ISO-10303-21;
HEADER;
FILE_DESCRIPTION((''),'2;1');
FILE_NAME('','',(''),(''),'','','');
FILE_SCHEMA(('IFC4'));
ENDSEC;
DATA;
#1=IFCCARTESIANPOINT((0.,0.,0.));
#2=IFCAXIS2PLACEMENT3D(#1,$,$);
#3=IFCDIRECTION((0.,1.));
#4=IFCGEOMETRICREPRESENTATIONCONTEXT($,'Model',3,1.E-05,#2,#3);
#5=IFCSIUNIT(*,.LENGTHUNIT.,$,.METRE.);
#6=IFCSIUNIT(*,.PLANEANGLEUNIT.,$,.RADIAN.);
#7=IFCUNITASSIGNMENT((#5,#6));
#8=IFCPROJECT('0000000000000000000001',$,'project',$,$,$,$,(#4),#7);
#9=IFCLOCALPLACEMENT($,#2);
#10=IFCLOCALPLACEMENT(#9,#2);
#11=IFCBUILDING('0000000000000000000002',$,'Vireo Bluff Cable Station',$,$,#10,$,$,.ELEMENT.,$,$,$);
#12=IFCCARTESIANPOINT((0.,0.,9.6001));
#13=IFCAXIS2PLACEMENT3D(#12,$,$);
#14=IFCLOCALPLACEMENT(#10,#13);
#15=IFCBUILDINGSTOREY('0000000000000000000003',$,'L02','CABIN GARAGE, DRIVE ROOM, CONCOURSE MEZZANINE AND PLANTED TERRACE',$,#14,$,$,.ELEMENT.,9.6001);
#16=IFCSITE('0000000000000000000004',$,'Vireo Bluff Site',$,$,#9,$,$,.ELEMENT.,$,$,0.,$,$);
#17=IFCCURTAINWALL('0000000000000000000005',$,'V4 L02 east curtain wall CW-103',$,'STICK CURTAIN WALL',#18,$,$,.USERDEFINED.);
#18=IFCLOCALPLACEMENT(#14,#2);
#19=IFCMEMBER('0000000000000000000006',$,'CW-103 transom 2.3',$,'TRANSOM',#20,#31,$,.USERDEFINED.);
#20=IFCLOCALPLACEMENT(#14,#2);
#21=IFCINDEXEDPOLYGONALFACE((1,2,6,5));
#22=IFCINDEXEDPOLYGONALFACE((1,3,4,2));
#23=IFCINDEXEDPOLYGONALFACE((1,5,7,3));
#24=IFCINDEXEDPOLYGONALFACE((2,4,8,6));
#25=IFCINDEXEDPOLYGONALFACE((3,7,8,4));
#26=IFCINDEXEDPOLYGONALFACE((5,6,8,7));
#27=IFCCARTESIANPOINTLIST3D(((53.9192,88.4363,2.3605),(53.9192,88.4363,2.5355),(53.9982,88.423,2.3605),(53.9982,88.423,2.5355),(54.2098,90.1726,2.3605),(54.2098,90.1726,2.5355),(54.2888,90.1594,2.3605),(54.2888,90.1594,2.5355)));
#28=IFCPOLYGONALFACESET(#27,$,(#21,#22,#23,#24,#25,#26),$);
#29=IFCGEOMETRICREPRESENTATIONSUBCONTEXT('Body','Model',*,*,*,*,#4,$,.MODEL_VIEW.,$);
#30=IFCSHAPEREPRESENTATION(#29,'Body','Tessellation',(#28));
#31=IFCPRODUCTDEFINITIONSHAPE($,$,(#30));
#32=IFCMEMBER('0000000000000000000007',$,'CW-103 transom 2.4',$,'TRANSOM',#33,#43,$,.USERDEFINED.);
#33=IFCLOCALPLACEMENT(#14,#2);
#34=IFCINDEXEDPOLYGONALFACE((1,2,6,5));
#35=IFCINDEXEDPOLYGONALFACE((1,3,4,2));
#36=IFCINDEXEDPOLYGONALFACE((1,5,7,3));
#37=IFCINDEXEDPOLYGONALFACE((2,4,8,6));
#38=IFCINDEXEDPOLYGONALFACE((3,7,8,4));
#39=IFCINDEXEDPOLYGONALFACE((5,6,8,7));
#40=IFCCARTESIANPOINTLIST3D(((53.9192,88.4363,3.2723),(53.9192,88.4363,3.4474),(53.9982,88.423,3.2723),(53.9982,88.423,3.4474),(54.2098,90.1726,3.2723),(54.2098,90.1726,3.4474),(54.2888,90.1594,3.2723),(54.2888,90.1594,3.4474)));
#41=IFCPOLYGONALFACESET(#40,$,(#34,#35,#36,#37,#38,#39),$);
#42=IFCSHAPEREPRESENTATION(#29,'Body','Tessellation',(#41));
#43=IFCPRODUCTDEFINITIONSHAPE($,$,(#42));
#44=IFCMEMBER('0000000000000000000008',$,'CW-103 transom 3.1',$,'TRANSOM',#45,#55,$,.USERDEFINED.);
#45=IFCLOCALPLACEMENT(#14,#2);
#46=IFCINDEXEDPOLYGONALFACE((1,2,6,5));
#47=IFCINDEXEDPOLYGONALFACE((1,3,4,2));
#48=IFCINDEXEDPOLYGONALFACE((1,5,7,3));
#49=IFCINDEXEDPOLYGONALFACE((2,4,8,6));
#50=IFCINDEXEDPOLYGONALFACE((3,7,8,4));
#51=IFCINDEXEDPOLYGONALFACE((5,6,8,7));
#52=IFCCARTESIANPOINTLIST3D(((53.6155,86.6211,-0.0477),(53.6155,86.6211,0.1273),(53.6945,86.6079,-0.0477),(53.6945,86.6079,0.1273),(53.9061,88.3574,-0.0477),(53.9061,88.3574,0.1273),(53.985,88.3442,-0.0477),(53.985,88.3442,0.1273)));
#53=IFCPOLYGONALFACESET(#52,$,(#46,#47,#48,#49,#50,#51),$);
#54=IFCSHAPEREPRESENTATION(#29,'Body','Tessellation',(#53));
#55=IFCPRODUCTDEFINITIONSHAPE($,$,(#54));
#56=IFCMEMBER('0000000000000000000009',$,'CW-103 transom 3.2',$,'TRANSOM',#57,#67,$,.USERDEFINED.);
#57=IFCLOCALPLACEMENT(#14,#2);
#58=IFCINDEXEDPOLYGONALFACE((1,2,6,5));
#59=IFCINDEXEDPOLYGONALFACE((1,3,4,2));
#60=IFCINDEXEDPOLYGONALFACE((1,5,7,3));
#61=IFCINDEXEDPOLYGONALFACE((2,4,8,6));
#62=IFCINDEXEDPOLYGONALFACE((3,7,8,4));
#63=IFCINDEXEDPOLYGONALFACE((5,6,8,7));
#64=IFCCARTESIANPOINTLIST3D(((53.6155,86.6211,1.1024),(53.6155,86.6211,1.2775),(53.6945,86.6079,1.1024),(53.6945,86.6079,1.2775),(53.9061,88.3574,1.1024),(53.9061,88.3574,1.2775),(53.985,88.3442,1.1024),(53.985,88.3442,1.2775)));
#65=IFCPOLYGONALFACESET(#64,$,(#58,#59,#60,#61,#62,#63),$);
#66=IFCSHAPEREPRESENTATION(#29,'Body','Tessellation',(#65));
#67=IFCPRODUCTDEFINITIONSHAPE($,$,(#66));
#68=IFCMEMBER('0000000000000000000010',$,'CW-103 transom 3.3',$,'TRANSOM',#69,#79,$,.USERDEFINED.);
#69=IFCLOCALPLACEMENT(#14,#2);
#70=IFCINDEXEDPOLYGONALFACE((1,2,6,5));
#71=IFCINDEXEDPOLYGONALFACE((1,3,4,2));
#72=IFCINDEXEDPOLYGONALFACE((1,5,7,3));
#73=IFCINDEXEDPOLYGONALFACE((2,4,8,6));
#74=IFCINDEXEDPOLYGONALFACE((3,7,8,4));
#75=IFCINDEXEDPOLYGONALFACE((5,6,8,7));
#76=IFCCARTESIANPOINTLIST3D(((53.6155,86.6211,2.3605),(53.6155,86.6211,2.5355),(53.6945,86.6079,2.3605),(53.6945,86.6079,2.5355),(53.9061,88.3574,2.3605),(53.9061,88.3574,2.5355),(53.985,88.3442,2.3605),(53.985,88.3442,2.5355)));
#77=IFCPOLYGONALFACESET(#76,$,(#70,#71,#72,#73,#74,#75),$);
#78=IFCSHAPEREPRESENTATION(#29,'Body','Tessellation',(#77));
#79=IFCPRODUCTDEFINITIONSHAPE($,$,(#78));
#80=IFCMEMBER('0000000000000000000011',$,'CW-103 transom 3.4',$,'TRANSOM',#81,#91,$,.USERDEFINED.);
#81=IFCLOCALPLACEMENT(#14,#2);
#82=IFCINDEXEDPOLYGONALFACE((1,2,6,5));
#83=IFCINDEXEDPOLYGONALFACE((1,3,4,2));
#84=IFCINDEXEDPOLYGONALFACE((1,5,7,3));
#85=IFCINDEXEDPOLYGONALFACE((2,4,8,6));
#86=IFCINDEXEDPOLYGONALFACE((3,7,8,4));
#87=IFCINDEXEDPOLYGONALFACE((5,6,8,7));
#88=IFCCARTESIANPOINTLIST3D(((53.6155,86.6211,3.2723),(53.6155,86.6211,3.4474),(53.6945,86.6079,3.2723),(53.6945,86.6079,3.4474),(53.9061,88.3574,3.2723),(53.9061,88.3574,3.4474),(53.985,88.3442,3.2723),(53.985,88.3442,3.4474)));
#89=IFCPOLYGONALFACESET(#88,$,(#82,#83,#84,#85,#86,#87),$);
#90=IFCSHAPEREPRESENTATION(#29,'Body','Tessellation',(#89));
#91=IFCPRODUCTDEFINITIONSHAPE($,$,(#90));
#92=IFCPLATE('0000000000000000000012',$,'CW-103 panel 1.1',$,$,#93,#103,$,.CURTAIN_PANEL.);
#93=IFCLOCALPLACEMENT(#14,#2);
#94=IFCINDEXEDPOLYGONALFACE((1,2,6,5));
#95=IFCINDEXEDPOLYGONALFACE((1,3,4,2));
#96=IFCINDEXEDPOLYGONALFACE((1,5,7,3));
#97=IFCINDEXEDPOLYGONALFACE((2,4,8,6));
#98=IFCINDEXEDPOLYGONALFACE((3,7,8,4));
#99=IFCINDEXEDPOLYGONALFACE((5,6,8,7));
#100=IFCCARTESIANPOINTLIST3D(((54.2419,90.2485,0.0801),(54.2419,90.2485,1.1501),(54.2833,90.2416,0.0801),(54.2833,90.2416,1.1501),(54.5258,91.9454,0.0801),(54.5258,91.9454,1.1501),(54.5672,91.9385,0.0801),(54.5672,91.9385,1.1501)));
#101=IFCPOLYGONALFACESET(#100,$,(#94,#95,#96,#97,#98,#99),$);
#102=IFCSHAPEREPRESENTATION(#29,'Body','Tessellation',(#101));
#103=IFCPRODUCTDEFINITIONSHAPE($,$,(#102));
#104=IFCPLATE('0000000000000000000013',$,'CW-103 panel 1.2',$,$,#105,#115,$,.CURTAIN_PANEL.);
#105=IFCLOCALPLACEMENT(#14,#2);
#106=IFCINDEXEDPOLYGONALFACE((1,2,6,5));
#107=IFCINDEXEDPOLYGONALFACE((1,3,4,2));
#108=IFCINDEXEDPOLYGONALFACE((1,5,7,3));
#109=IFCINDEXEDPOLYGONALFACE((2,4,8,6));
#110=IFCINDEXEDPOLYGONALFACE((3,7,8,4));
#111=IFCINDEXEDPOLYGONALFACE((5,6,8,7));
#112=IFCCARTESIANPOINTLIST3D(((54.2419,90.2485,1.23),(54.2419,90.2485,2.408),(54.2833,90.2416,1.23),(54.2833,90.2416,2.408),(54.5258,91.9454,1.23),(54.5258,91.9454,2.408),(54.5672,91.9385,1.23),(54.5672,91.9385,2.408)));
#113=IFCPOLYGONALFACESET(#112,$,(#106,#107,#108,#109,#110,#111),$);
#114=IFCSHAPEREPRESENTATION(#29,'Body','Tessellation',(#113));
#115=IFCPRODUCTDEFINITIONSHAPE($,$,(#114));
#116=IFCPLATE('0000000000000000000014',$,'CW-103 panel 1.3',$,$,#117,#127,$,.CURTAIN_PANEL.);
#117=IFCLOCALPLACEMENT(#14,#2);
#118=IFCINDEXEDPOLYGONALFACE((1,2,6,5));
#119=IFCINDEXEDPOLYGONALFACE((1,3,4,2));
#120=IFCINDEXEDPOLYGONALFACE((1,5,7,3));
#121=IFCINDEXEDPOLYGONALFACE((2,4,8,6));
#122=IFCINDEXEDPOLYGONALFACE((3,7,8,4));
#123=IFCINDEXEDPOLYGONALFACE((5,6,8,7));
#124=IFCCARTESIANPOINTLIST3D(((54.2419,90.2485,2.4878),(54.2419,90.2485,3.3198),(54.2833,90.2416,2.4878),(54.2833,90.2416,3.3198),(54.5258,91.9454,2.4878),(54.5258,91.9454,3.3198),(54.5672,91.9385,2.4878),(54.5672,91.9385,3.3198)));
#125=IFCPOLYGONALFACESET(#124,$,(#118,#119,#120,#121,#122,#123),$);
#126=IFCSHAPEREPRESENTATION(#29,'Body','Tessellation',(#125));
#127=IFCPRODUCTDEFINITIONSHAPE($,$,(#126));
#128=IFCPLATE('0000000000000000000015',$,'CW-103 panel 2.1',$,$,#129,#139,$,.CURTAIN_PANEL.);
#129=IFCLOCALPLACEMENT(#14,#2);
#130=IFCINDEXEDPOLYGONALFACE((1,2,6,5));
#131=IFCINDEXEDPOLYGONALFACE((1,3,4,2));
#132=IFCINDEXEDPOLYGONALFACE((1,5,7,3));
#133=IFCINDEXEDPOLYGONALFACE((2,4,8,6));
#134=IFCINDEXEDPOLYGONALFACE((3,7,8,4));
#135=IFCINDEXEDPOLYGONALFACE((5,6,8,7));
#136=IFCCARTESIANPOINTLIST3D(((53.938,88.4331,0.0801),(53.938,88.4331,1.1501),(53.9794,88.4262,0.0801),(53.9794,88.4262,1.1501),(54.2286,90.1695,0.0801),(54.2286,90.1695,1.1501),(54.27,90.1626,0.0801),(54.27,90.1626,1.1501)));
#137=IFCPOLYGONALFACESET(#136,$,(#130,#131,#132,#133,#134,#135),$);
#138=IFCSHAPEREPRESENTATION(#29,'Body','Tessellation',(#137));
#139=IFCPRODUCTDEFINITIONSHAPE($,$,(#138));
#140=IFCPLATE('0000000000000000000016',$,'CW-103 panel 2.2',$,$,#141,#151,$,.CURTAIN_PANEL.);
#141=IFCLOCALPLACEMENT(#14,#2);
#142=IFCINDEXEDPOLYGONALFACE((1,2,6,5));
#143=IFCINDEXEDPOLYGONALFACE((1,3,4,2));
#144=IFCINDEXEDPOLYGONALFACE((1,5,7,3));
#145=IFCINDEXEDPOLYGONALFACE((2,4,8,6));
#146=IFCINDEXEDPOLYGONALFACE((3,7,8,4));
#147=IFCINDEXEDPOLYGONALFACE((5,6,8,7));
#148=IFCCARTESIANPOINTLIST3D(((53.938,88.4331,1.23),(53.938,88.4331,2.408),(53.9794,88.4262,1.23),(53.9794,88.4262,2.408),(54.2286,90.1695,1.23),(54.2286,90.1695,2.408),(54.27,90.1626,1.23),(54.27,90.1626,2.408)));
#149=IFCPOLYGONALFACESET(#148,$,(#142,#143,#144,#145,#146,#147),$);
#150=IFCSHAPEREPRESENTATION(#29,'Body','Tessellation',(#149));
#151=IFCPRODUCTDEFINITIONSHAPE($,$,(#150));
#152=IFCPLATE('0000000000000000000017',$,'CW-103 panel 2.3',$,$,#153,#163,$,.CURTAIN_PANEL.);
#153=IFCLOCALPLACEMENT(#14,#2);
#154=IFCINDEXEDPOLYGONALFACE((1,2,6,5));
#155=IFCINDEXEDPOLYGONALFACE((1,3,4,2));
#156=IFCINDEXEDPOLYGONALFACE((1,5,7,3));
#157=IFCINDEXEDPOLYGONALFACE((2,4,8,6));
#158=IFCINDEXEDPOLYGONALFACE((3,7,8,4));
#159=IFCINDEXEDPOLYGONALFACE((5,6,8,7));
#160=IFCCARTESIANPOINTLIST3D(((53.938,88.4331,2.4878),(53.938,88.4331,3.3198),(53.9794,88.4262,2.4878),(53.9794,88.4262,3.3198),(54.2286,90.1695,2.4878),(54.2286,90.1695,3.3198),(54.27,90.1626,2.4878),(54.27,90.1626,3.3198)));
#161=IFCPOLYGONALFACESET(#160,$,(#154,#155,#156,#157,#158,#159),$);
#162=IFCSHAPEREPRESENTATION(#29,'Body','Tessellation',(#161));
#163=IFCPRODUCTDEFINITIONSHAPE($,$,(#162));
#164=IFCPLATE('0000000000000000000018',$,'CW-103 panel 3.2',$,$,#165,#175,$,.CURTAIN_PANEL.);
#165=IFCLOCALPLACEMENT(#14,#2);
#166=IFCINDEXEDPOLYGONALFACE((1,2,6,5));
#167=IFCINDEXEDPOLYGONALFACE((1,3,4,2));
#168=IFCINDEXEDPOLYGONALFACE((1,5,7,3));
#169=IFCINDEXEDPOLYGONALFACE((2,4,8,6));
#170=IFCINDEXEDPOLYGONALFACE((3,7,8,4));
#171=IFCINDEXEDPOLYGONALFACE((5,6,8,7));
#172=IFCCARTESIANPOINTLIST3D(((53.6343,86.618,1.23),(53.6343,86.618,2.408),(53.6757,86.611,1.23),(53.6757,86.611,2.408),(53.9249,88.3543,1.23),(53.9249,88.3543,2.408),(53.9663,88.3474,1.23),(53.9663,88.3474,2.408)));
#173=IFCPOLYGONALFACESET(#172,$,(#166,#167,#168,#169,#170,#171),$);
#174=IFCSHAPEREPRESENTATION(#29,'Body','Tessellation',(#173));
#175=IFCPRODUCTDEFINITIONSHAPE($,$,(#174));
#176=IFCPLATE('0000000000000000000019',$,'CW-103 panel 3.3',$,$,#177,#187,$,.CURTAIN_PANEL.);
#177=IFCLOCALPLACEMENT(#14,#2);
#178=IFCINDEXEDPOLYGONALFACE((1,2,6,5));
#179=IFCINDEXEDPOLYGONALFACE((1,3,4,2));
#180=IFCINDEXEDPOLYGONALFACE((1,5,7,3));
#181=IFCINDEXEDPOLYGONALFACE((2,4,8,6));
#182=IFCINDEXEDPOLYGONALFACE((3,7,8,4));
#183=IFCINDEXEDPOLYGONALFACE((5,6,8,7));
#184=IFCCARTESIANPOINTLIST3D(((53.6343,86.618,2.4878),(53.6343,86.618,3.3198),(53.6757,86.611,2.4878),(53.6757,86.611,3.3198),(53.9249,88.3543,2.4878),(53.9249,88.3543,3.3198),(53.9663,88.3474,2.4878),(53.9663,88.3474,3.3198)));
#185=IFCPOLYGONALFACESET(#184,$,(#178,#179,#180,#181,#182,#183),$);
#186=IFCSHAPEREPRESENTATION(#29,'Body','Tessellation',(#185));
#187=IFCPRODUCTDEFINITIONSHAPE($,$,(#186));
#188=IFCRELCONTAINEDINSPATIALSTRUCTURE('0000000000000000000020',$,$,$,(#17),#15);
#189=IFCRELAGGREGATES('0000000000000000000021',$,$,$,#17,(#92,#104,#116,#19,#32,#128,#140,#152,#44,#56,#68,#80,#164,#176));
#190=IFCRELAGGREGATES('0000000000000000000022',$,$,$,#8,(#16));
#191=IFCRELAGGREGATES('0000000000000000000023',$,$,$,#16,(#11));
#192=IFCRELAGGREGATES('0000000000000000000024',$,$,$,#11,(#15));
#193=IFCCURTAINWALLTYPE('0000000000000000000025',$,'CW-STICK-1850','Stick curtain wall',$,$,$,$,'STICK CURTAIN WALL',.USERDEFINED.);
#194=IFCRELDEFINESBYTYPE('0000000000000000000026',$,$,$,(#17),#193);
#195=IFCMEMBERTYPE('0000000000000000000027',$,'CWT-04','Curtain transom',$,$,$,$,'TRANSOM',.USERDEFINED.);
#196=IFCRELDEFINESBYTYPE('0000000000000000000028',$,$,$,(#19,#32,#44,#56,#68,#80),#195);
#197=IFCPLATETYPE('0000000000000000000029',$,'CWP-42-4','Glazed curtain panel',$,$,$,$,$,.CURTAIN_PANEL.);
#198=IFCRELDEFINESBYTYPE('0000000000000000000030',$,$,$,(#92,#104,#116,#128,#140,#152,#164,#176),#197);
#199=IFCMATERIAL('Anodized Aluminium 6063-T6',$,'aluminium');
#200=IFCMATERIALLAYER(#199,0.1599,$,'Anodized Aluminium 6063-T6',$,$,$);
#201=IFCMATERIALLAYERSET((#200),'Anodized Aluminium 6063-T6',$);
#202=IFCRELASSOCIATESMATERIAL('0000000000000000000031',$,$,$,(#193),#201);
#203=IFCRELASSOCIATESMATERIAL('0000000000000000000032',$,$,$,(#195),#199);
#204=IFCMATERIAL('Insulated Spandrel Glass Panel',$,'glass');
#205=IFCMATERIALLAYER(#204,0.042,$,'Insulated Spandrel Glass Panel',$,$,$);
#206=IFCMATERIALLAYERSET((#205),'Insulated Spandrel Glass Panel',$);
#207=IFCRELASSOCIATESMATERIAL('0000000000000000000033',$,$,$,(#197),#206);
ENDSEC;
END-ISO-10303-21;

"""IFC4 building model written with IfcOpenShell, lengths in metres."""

from ifc_helpers import new_model, si_unit, direction, frame, origin, origin_2d, place, context, subcontext, project, spatial, rectangle, extrude, material, layer, layer_set, material_profile, profile_set, type_object, element, aggregate, save


model = new_model("IFC4")

# Units and contexts
model_context = context("Model", 3, precision=1e-05, world=origin(), true_north=direction((0.0, 1.0)))
body_context = subcontext(model_context, "Body", "Model", "MODEL_VIEW")
ifc_project = project(units=[si_unit("LENGTHUNIT", "METRE"), si_unit("PLANEANGLEUNIT", "RADIAN")], contexts=[model_context])

# Site, building, storey
site_placement = place(None, origin())
site = spatial("IfcSite", under=ifc_project, at=site_placement, Name="Vireo Bluff Site", CompositionType="ELEMENT", RefElevation=0.0)
building_placement = place(site_placement, origin())
building = spatial("IfcBuilding", under=site, at=building_placement, Name="Vireo Bluff Cable Station", CompositionType="ELEMENT")
storey_placement = place(building_placement, frame((0.0, 0.0, 9.6001)))
storey = spatial("IfcBuildingStorey", under=building, at=storey_placement, Name="L02", Description="CABIN GARAGE, DRIVE ROOM, CONCOURSE MEZZANINE AND PLANTED TERRACE", CompositionType="ELEMENT", Elevation=9.6001)

# Shared definitions
ifc_material_1 = material(Name="Anodized Aluminium 6063-T6", Category="aluminium")

# Curtain wall, members, plates
ifc_layer_1 = layer(ifc_material_1, 0.1599, Name="Anodized Aluminium 6063-T6")
ifc_layer_set_1 = layer_set([ifc_layer_1], Name="Anodized Aluminium 6063-T6")
curtain_wall_type_1 = type_object("IfcCurtainWallType", Name="CW-STICK-1850", Description="Stick curtain wall", ElementType="STICK CURTAIN WALL", PredefinedType="USERDEFINED", material=ifc_layer_set_1)
curtain_wall_1_placement = place(storey_placement, origin())
curtain_wall_1 = element("IfcCurtainWall", 1, at=curtain_wall_1_placement, inside=storey, type_object=curtain_wall_type_1, Name="V4 L02 east curtain wall CW-103", ObjectType="STICK CURTAIN WALL", PredefinedType="USERDEFINED")
ifc_material_profile_1 = material_profile(ifc_material_1, rectangle(XDim=0.0801, YDim=0.175, at=origin_2d()), Name="ALU-T-80X175")
ifc_profile_set_1 = profile_set([ifc_material_profile_1], Name="Anodized Aluminium 6063-T6")
member_type_1 = type_object("IfcMemberType", Name="CWT-04", Description="Curtain transom", ElementType="TRANSOM", PredefinedType="USERDEFINED", material=ifc_profile_set_1)
member_1_placement = place(storey_placement, frame((54.2493, 90.166, 2.448), z_axis=(-0.165029, -0.986289, 0.0), x_axis=(0.986289, -0.165029, 0.0)))
member_1 = element("IfcMember", 2, at=member_1_placement, type_object=member_type_1, Name="CW-103 transom 2.3", ObjectType="TRANSOM", PredefinedType="USERDEFINED", context=body_context, shape_type="SweptSolid", body=[
    extrude(rectangle(XDim=0.0801, YDim=0.175, at=origin_2d()), origin(), (0.0, 0.0, 1.0), 1.7605),
])
member_2_placement = place(storey_placement, frame((54.2493, 90.166, 3.3599), z_axis=(-0.165029, -0.986289, 0.0), x_axis=(0.986289, -0.165029, 0.0)))
member_2 = element("IfcMember", 3, at=member_2_placement, type_object=member_type_1, Name="CW-103 transom 2.4", ObjectType="TRANSOM", PredefinedType="USERDEFINED", context=body_context, shape_type="SweptSolid", body=[
    extrude(rectangle(XDim=0.0801, YDim=0.175, at=origin_2d()), origin(), (0.0, 0.0, 1.0), 1.7605),
])
member_3_placement = place(storey_placement, frame((53.9456, 88.3508, 0.0398), z_axis=(-0.165029, -0.986289, 0.0), x_axis=(0.986289, -0.165029, 0.0)))
member_3 = element("IfcMember", 4, at=member_3_placement, type_object=member_type_1, Name="CW-103 transom 3.1", ObjectType="TRANSOM", PredefinedType="USERDEFINED", context=body_context, shape_type="SweptSolid", body=[
    extrude(rectangle(XDim=0.0801, YDim=0.175, at=origin_2d()), origin(), (0.0, 0.0, 1.0), 1.7605),
])
member_4_placement = place(storey_placement, frame((53.9456, 88.3508, 1.1899), z_axis=(-0.165029, -0.986289, 0.0), x_axis=(0.986289, -0.165029, 0.0)))
member_4 = element("IfcMember", 5, at=member_4_placement, type_object=member_type_1, Name="CW-103 transom 3.2", ObjectType="TRANSOM", PredefinedType="USERDEFINED", context=body_context, shape_type="SweptSolid", body=[
    extrude(rectangle(XDim=0.0801, YDim=0.175, at=origin_2d()), origin(), (0.0, 0.0, 1.0), 1.7605),
])
member_5_placement = place(storey_placement, frame((53.9456, 88.3508, 2.448), z_axis=(-0.165029, -0.986289, 0.0), x_axis=(0.986289, -0.165029, 0.0)))
member_5 = element("IfcMember", 6, at=member_5_placement, type_object=member_type_1, Name="CW-103 transom 3.3", ObjectType="TRANSOM", PredefinedType="USERDEFINED", context=body_context, shape_type="SweptSolid", body=[
    extrude(rectangle(XDim=0.0801, YDim=0.175, at=origin_2d()), origin(), (0.0, 0.0, 1.0), 1.7605),
])
member_6_placement = place(storey_placement, frame((53.9456, 88.3508, 3.3599), z_axis=(-0.165029, -0.986289, 0.0), x_axis=(0.986289, -0.165029, 0.0)))
member_6 = element("IfcMember", 7, at=member_6_placement, type_object=member_type_1, Name="CW-103 transom 3.4", ObjectType="TRANSOM", PredefinedType="USERDEFINED", context=body_context, shape_type="SweptSolid", body=[
    extrude(rectangle(XDim=0.0801, YDim=0.175, at=origin_2d()), origin(), (0.0, 0.0, 1.0), 1.7605),
])
ifc_material_2 = material(Name="Insulated Spandrel Glass Panel", Category="glass")
ifc_layer_2 = layer(ifc_material_2, 0.042, Name="Insulated Spandrel Glass Panel")
ifc_layer_set_2 = layer_set([ifc_layer_2], Name="Insulated Spandrel Glass Panel")
plate_type = type_object("IfcPlateType", Name="CWP-42-4", Description="Glazed curtain panel", PredefinedType="CURTAIN_PANEL", material=ifc_layer_set_2)
plate_1_placement = place(storey_placement, frame((54.4045, 91.0935, 0.0801), z_axis=(0.0, 0.0, 1.0), x_axis=(-0.165048, -0.986286, 0.0)))
plate_1 = element("IfcPlate", 8, at=plate_1_placement, type_object=plate_type, Name="CW-103 panel 1.1", PredefinedType="CURTAIN_PANEL", context=body_context, shape_type="SweptSolid", body=[
    extrude(rectangle(XDim=1.7205, YDim=0.042, at=origin_2d()), origin(), (0.0, 0.0, 1.0), 1.0701),
])
plate_2_placement = place(storey_placement, frame((54.4045, 91.0935, 1.23), z_axis=(0.0, 0.0, 1.0), x_axis=(-0.165048, -0.986286, 0.0)))
plate_2 = element("IfcPlate", 9, at=plate_2_placement, type_object=plate_type, Name="CW-103 panel 1.2", PredefinedType="CURTAIN_PANEL", context=body_context, shape_type="SweptSolid", body=[
    extrude(rectangle(XDim=1.7205, YDim=0.042, at=origin_2d()), origin(), (0.0, 0.0, 1.0), 1.178),
])
plate_3_placement = place(storey_placement, frame((54.4045, 91.0935, 2.4878), z_axis=(0.0, 0.0, 1.0), x_axis=(-0.165048, -0.986286, 0.0)))
plate_3 = element("IfcPlate", 10, at=plate_3_placement, type_object=plate_type, Name="CW-103 panel 1.3", PredefinedType="CURTAIN_PANEL", context=body_context, shape_type="SweptSolid", body=[
    extrude(rectangle(XDim=1.7205, YDim=0.042, at=origin_2d()), origin(), (0.0, 0.0, 1.0), 0.832),
])
plate_4_placement = place(storey_placement, frame((54.104, 89.2979, 0.0801), z_axis=(0.0, 0.0, 1.0), x_axis=(-0.165048, -0.986286, 0.0)))
plate_4 = element("IfcPlate", 11, at=plate_4_placement, type_object=plate_type, Name="CW-103 panel 2.1", PredefinedType="CURTAIN_PANEL", context=body_context, shape_type="SweptSolid", body=[
    extrude(rectangle(XDim=1.7605, YDim=0.042, at=origin_2d()), origin(), (0.0, 0.0, 1.0), 1.0701),
])
plate_5_placement = place(storey_placement, frame((54.104, 89.2979, 1.23), z_axis=(0.0, 0.0, 1.0), x_axis=(-0.165048, -0.986286, 0.0)))
plate_5 = element("IfcPlate", 12, at=plate_5_placement, type_object=plate_type, Name="CW-103 panel 2.2", PredefinedType="CURTAIN_PANEL", context=body_context, shape_type="SweptSolid", body=[
    extrude(rectangle(XDim=1.7605, YDim=0.042, at=origin_2d()), origin(), (0.0, 0.0, 1.0), 1.178),
])
plate_6_placement = place(storey_placement, frame((54.104, 89.2979, 2.4878), z_axis=(0.0, 0.0, 1.0), x_axis=(-0.165048, -0.986286, 0.0)))
plate_6 = element("IfcPlate", 13, at=plate_6_placement, type_object=plate_type, Name="CW-103 panel 2.3", PredefinedType="CURTAIN_PANEL", context=body_context, shape_type="SweptSolid", body=[
    extrude(rectangle(XDim=1.7605, YDim=0.042, at=origin_2d()), origin(), (0.0, 0.0, 1.0), 0.832),
])
plate_7_placement = place(storey_placement, frame((53.8003, 87.4827, 1.23), z_axis=(0.0, 0.0, 1.0), x_axis=(-0.165048, -0.986286, 0.0)))
plate_7 = element("IfcPlate", 14, at=plate_7_placement, type_object=plate_type, Name="CW-103 panel 3.2", PredefinedType="CURTAIN_PANEL", context=body_context, shape_type="SweptSolid", body=[
    extrude(rectangle(XDim=1.7605, YDim=0.042, at=origin_2d()), origin(), (0.0, 0.0, 1.0), 1.178),
])
plate_8_placement = place(storey_placement, frame((53.8003, 87.4827, 2.4878), z_axis=(0.0, 0.0, 1.0), x_axis=(-0.165048, -0.986286, 0.0)))
plate_8 = element("IfcPlate", 15, at=plate_8_placement, type_object=plate_type, Name="CW-103 panel 3.3", PredefinedType="CURTAIN_PANEL", context=body_context, shape_type="SweptSolid", body=[
    extrude(rectangle(XDim=1.7605, YDim=0.042, at=origin_2d()), origin(), (0.0, 0.0, 1.0), 0.832),
])
aggregate(curtain_wall_1, [plate_1, plate_2, plate_3, member_1, member_2, plate_4, plate_5, plate_6, member_3, member_4, member_5, member_6, plate_7, plate_8])

save(model, "model.ifc")
